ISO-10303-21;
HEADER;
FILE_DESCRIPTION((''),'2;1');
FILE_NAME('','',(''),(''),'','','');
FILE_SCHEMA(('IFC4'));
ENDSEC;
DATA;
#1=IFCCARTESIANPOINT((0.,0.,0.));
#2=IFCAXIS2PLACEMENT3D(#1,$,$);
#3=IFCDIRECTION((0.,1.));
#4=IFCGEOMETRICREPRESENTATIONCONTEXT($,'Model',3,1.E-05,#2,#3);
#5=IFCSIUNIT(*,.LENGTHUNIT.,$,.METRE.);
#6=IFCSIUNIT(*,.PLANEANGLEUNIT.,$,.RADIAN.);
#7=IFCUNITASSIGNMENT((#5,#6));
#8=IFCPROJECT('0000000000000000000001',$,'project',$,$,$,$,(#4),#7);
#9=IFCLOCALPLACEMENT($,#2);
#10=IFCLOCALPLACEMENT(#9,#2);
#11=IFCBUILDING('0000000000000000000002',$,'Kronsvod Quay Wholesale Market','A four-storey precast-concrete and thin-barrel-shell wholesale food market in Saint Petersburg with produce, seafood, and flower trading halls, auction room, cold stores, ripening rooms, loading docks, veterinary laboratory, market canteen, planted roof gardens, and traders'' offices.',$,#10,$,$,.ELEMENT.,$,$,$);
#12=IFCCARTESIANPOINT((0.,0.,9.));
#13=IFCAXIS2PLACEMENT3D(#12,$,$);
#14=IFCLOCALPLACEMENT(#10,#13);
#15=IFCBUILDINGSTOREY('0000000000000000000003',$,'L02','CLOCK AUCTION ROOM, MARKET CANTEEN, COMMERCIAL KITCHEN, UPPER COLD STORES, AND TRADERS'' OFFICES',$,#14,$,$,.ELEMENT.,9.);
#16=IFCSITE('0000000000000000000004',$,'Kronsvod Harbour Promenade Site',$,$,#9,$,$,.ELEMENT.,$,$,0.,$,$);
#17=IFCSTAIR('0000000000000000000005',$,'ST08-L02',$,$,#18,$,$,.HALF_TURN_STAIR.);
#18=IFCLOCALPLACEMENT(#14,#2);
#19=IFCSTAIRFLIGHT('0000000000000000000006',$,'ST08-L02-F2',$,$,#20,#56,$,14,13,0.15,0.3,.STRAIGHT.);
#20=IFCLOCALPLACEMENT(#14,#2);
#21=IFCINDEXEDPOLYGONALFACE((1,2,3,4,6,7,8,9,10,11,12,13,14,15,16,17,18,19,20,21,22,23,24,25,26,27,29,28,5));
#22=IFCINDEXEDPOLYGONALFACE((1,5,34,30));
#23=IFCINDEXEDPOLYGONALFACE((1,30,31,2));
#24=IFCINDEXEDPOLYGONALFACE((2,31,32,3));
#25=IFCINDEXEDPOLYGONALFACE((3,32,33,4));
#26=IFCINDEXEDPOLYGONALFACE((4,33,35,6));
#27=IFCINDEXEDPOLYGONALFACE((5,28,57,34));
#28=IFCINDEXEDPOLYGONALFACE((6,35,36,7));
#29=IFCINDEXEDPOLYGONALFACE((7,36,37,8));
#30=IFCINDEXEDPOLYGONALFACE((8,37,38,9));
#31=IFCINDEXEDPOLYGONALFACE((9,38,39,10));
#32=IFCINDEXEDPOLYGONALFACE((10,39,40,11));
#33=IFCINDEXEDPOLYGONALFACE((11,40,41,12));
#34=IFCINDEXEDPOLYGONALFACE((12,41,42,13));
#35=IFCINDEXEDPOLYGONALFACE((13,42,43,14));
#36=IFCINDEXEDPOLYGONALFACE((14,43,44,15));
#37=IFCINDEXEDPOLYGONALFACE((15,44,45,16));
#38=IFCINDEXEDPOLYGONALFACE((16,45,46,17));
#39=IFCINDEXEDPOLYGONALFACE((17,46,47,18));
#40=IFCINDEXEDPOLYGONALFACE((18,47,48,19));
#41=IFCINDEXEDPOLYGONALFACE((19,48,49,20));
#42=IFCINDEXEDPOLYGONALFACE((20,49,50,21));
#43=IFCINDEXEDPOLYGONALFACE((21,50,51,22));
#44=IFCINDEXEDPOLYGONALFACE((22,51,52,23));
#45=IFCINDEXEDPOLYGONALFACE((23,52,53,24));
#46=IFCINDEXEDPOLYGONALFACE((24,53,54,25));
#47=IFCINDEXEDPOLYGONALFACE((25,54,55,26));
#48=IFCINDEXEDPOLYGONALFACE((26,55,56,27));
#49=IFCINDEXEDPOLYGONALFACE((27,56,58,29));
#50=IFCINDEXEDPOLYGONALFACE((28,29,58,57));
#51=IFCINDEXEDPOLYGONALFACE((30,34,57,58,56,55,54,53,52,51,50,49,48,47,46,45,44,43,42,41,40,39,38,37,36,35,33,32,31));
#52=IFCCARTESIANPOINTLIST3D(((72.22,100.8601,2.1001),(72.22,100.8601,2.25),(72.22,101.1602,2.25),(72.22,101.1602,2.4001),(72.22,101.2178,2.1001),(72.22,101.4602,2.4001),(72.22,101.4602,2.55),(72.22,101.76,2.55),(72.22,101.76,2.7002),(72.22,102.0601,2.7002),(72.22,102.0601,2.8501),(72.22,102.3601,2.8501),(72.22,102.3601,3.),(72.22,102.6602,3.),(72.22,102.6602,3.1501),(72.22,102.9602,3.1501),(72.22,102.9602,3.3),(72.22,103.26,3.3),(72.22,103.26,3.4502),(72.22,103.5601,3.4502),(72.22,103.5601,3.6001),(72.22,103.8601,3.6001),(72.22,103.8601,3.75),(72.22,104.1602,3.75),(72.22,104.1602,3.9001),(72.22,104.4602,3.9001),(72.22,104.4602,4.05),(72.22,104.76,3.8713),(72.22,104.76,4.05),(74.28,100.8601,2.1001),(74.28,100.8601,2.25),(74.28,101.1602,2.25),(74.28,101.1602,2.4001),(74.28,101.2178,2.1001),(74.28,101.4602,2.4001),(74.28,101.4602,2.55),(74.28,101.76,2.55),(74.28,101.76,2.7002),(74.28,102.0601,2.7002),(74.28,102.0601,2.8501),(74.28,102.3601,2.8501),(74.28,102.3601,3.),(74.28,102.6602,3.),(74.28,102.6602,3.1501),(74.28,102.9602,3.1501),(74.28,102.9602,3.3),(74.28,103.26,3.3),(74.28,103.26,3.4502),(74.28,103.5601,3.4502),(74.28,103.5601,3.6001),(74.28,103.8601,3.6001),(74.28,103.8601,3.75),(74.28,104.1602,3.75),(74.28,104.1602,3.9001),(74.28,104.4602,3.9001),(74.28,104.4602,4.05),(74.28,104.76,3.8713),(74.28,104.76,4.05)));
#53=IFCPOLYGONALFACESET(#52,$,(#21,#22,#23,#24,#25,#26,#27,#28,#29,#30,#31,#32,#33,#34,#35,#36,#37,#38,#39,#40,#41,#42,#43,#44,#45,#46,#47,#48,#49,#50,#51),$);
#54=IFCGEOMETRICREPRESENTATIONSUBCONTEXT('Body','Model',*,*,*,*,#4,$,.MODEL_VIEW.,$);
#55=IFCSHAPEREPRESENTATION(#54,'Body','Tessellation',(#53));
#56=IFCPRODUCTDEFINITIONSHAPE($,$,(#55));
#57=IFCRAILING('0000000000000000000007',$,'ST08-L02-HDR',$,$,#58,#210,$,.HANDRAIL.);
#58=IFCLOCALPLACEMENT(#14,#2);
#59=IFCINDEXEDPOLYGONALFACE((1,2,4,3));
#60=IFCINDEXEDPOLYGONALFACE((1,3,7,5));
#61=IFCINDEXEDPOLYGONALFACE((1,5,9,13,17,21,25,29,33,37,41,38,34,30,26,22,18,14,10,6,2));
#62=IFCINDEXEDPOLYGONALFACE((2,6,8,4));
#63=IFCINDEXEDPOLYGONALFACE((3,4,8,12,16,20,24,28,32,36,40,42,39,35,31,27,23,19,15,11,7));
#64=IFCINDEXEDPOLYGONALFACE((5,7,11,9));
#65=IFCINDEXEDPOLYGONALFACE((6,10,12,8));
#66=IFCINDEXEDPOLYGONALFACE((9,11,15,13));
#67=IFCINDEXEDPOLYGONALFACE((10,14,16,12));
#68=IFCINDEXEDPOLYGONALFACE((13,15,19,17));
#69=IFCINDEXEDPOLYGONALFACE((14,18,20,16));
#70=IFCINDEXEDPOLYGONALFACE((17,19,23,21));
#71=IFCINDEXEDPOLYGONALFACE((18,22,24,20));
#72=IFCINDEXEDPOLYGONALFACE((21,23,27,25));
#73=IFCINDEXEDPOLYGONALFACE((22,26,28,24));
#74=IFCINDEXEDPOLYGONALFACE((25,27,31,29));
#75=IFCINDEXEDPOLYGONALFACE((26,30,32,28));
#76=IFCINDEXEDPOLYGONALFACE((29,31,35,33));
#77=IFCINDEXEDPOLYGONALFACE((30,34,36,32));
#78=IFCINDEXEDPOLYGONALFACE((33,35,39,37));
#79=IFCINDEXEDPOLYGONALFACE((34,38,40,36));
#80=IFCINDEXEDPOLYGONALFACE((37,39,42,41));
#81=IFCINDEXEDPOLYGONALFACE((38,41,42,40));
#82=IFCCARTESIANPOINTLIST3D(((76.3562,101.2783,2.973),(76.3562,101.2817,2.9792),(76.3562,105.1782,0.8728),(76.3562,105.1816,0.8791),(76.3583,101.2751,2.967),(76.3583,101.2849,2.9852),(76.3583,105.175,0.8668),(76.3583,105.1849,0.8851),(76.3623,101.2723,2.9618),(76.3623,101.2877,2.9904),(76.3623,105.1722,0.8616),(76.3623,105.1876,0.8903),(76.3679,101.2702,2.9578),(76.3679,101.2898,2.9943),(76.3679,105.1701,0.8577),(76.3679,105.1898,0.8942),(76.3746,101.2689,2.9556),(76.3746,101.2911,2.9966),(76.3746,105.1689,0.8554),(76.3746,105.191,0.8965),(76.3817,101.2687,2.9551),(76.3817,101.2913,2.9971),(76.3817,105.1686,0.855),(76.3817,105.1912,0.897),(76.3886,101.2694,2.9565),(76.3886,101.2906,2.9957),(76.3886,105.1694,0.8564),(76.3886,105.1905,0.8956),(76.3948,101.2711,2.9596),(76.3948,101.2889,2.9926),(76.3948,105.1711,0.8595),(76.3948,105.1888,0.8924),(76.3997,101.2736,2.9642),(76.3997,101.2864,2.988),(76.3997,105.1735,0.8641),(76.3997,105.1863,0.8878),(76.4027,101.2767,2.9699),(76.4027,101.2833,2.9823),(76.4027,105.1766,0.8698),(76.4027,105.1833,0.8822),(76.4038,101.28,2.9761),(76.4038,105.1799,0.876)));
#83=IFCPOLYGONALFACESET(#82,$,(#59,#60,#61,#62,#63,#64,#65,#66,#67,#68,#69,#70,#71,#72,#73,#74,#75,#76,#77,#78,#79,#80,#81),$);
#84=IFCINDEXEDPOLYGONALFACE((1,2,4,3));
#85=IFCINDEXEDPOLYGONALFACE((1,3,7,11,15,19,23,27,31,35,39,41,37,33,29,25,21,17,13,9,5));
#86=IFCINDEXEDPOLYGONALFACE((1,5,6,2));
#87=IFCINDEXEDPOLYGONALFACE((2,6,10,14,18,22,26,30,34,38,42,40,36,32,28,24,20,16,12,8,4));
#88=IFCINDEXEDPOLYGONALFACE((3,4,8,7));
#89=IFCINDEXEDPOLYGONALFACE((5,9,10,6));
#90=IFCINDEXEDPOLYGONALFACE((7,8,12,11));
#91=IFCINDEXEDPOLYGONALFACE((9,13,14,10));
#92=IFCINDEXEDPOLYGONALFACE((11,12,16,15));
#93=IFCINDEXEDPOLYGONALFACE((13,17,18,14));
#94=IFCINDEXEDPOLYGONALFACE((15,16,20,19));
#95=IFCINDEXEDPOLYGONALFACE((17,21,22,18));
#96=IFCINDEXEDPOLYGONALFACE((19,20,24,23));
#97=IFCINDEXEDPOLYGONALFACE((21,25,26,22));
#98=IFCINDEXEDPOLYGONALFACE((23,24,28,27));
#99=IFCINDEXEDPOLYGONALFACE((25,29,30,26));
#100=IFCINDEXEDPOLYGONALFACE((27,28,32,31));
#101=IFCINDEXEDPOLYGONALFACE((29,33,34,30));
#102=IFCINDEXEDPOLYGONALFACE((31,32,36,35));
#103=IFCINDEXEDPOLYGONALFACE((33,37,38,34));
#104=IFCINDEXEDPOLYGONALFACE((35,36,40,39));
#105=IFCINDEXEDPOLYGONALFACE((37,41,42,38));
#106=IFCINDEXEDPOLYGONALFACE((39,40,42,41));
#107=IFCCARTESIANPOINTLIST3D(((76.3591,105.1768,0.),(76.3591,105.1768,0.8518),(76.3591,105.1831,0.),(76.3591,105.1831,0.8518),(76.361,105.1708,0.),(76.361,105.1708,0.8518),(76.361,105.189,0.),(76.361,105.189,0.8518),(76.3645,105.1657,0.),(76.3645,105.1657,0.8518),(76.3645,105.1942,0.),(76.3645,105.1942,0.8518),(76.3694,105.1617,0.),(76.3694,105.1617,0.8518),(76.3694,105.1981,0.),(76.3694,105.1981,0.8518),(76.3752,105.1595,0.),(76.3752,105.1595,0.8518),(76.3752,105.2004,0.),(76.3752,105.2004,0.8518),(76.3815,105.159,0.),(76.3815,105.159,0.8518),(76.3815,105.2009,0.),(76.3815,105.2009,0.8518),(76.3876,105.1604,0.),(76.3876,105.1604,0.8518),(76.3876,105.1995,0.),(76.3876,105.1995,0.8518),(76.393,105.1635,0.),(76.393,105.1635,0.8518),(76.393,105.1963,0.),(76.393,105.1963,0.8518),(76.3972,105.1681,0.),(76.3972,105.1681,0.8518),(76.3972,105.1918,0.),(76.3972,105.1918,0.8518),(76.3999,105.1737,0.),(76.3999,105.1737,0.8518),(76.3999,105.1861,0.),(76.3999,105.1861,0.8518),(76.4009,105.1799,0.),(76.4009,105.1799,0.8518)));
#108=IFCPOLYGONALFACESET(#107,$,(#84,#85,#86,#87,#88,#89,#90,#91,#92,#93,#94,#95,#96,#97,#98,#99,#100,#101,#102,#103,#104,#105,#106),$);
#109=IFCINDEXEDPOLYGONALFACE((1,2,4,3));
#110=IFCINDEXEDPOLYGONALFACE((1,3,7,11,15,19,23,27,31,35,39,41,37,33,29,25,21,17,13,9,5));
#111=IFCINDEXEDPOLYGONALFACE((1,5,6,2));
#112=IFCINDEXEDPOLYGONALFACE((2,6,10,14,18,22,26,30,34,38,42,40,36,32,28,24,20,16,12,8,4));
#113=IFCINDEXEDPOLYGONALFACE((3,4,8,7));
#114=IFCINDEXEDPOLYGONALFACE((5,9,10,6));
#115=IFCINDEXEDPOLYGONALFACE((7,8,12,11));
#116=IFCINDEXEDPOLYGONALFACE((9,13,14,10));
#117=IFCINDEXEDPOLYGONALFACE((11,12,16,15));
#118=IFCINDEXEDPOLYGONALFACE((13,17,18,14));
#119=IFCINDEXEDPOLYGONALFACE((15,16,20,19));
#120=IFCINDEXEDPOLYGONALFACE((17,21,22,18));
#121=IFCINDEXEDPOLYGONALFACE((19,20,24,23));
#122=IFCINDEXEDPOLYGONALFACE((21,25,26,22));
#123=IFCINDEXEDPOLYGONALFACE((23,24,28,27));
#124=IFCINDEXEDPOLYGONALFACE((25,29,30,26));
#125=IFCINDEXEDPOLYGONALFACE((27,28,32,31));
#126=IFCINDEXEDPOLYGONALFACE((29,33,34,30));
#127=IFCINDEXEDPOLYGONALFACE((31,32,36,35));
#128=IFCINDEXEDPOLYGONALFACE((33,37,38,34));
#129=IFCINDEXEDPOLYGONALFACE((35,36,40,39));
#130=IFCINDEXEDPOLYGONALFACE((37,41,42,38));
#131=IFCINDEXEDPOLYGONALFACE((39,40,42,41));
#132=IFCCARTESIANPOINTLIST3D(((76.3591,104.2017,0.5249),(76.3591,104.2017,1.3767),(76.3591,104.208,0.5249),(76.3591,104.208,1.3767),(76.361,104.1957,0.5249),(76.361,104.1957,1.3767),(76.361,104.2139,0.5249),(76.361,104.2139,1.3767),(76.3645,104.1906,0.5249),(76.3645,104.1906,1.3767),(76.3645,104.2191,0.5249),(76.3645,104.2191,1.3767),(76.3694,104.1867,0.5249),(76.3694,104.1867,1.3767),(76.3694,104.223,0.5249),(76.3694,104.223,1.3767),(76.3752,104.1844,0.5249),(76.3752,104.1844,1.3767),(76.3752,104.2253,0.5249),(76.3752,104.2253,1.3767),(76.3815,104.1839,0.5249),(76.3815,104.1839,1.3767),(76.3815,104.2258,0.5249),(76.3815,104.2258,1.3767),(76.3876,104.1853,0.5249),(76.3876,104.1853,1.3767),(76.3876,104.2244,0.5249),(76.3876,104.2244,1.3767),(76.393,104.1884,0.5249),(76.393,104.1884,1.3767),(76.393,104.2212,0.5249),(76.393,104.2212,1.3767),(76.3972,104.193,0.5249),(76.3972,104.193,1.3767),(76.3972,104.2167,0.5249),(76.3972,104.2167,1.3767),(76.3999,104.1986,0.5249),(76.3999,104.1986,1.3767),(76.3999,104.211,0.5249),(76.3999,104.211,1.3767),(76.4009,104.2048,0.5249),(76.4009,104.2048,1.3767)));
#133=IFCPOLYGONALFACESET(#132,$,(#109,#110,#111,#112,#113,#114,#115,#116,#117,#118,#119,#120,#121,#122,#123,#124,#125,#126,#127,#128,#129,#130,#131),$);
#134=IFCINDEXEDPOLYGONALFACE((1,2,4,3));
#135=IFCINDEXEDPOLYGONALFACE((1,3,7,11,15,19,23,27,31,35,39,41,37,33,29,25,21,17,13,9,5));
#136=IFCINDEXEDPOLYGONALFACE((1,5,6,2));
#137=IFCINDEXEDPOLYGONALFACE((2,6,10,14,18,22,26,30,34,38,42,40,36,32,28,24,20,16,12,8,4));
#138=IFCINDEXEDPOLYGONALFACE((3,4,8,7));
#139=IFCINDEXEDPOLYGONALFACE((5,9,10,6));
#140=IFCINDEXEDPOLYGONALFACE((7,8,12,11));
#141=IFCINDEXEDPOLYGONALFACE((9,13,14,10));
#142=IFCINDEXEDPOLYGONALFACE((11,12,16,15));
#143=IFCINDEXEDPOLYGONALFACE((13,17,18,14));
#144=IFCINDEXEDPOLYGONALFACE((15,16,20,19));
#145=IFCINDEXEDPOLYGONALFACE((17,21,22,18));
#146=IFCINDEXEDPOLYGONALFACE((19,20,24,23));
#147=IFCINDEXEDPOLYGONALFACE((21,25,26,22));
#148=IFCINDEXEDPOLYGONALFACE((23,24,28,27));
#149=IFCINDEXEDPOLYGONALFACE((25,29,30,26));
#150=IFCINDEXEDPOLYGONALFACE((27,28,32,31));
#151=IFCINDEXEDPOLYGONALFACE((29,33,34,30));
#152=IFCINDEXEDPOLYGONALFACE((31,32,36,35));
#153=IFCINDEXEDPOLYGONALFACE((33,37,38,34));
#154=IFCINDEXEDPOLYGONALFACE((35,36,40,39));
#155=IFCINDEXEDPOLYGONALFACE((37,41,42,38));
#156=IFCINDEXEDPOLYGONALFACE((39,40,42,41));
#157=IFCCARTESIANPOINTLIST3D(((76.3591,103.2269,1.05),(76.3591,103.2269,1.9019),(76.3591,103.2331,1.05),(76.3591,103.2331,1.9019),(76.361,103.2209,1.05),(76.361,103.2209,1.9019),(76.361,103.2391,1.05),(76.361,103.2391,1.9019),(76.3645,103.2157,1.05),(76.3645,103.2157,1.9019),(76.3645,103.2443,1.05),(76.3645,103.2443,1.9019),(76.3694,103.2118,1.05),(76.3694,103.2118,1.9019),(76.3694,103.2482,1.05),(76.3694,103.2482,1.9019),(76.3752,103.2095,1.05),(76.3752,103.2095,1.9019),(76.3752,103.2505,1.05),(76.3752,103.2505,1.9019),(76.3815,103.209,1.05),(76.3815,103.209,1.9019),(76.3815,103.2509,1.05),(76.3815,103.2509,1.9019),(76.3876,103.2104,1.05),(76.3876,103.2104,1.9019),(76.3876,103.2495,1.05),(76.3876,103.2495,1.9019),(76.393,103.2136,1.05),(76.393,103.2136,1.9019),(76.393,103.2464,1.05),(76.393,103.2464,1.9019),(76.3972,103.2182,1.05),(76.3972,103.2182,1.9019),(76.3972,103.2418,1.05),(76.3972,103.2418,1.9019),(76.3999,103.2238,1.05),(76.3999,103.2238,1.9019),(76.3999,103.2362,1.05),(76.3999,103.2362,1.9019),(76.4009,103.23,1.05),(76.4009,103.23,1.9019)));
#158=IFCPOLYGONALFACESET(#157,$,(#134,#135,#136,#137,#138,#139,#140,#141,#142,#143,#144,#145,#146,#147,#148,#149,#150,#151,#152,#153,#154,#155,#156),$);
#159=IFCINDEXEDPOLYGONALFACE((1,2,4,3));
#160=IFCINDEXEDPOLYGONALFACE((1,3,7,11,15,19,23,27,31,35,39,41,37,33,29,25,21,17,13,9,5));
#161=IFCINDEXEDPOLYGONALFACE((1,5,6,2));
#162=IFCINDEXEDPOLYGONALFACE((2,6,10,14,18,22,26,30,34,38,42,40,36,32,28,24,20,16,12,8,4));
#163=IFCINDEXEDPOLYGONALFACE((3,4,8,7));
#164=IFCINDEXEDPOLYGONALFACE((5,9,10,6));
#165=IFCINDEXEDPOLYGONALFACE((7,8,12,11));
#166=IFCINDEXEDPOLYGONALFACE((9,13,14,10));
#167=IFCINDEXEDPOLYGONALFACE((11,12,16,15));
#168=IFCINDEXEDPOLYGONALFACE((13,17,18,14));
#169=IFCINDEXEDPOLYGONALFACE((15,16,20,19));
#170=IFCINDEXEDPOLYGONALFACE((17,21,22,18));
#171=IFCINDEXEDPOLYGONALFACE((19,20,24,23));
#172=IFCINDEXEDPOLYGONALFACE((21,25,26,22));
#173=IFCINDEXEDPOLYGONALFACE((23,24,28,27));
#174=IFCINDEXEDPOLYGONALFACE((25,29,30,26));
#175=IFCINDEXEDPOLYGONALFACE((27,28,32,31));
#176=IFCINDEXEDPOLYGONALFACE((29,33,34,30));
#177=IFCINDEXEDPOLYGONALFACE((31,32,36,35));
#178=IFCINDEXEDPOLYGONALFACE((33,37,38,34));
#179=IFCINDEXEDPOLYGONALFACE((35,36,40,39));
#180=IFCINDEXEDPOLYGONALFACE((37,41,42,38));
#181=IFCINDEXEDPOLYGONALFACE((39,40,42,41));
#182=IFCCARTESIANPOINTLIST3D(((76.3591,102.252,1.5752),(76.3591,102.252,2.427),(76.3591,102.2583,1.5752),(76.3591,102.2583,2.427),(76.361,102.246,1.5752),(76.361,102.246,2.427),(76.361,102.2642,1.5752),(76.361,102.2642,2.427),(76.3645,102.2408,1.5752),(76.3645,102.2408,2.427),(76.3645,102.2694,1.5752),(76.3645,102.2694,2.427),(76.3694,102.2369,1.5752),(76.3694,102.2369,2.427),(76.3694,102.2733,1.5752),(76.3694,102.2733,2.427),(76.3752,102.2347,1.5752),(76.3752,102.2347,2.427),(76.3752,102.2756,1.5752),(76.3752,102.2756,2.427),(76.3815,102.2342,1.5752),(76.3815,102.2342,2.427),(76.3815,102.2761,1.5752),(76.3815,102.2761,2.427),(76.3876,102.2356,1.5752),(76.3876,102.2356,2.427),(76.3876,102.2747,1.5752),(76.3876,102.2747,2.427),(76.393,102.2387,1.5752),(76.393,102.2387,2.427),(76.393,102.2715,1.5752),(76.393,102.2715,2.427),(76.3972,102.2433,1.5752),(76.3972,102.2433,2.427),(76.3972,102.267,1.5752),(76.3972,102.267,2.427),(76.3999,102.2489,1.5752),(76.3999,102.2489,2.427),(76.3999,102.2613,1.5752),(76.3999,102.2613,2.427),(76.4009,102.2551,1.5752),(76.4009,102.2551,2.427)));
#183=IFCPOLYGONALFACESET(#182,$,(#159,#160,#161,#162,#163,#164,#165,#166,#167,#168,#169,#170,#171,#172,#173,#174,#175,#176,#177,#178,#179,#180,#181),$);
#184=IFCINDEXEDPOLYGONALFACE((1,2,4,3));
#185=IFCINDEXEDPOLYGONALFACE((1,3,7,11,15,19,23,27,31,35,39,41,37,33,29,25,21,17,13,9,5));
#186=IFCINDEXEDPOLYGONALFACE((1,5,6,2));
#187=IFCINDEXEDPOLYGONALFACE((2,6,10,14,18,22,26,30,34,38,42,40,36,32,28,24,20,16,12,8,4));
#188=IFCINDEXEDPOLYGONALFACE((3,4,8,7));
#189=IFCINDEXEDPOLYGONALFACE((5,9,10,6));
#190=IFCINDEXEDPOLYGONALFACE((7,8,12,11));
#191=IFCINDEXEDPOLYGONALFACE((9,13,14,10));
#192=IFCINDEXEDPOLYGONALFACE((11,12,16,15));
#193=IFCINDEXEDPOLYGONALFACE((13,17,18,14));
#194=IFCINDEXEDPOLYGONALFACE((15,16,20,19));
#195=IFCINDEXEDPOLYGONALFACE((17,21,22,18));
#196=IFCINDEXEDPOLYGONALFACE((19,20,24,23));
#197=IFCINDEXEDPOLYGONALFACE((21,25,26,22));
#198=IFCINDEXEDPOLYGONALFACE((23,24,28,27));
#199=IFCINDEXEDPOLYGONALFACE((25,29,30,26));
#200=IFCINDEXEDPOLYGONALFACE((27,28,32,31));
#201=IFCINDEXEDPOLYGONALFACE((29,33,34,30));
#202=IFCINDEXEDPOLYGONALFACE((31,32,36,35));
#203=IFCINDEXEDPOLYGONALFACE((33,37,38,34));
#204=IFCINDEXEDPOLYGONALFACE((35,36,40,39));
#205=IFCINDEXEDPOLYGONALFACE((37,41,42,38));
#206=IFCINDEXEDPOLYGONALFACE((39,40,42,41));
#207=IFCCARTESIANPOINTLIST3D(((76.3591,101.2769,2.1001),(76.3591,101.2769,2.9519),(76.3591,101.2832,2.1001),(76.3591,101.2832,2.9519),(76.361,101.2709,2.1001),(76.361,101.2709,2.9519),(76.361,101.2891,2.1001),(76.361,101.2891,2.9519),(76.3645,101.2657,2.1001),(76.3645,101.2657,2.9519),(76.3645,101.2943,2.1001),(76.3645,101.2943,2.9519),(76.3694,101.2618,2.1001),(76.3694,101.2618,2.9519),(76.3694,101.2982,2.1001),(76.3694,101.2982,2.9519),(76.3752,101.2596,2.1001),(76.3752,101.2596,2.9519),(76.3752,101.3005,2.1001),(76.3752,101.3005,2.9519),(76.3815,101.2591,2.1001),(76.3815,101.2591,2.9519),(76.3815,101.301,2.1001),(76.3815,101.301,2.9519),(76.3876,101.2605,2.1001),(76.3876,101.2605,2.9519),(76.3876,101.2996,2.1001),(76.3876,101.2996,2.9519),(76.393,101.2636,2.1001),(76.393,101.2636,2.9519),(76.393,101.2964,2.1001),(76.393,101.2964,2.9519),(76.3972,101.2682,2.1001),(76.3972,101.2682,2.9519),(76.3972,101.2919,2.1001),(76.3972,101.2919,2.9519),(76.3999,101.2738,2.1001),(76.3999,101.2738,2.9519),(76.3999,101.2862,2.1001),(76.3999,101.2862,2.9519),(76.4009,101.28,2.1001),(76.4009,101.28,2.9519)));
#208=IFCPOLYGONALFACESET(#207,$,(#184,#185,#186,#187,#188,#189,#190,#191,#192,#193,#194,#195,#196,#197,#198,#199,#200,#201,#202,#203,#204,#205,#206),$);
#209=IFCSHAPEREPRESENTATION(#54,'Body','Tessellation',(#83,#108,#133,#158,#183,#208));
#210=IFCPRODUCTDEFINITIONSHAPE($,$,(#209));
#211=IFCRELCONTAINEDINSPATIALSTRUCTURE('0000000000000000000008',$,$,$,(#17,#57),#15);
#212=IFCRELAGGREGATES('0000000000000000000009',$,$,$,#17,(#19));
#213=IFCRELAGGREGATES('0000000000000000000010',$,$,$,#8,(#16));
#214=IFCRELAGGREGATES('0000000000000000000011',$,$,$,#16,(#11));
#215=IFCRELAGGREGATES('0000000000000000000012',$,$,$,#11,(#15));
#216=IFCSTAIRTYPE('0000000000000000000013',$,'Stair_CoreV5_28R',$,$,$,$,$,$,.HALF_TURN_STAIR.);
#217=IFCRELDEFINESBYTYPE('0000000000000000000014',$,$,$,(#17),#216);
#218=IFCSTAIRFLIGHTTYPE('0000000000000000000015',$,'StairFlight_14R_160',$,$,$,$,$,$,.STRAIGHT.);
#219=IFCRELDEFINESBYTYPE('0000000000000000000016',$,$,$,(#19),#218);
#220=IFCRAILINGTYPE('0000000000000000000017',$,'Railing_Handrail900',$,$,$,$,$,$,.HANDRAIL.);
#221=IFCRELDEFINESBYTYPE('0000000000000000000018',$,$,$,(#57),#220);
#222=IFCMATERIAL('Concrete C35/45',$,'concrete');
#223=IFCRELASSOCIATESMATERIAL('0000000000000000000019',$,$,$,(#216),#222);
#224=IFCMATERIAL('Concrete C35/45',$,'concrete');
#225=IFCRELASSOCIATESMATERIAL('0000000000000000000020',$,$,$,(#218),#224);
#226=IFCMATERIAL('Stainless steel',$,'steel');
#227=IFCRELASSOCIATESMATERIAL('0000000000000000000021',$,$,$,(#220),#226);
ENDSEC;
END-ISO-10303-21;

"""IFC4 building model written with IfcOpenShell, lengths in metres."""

from ifc_helpers import new_model, si_unit, direction, frame, origin, origin_2d, place, context, subcontext, project, spatial, polyline, circle, outline, extrude, material, type_object, element, aggregate, save


model = new_model("IFC4")

# Units and contexts
model_context = context("Model", 3, precision=1e-05, world=origin(), true_north=direction((0.0, 1.0)))
body_context = subcontext(model_context, "Body", "Model", "MODEL_VIEW")
ifc_project = project(units=[si_unit("LENGTHUNIT", "METRE"), si_unit("PLANEANGLEUNIT", "RADIAN")], contexts=[model_context])

# Site, building, storey
site_placement = place(None, origin())
site = spatial("IfcSite", under=ifc_project, at=site_placement, Name="Kronsvod Harbour Promenade Site", CompositionType="ELEMENT", RefElevation=0.0)
building_placement = place(site_placement, origin())
building = spatial("IfcBuilding", under=site, at=building_placement, Name="Kronsvod Quay Wholesale Market", Description="A four-storey precast-concrete and thin-barrel-shell wholesale food market in Saint Petersburg with produce, seafood, and flower trading halls, auction room, cold stores, ripening rooms, loading docks, veterinary laboratory, market canteen, planted roof gardens, and traders' offices.", CompositionType="ELEMENT")
storey_placement = place(building_placement, frame((0.0, 0.0, 9.0)))
storey = spatial("IfcBuildingStorey", under=building, at=storey_placement, Name="L02", Description="CLOCK AUCTION ROOM, MARKET CANTEEN, COMMERCIAL KITCHEN, UPPER COLD STORES, AND TRADERS' OFFICES", CompositionType="ELEMENT", Elevation=9.0)

# Stair, stair flight
ifc_material_1 = material(Name="Concrete C35/45", Category="concrete")
stair_type = type_object("IfcStairType", Name="Stair_CoreV5_28R", PredefinedType="HALF_TURN_STAIR", material=ifc_material_1)
stair_placement = place(storey_placement, origin())
stair = element("IfcStair", 1, at=stair_placement, inside=storey, type_object=stair_type, Name="ST08-L02", PredefinedType="HALF_TURN_STAIR")
ifc_material_2 = material(Name="Concrete C35/45", Category="concrete")
stair_flight_type = type_object("IfcStairFlightType", Name="StairFlight_14R_160", PredefinedType="STRAIGHT", material=ifc_material_2)
stair_flight_1_placement = place(storey_placement, frame((73.25, 100.8601, 2.1001), z_axis=(0.0, 0.0, 1.0), x_axis=(0.0, 1.0, 0.0)))
stair_flight_1 = element("IfcStairFlight", 2, at=stair_flight_1_placement, type_object=stair_flight_type, Name="ST08-L02-F2", NumberOfRisers=14, NumberOfTreads=13, PredefinedType="STRAIGHT", RiserHeight=0.15, TreadLength=0.3, context=body_context, shape_type="SweptSolid", body=[
    extrude(outline(polyline([(0.0, 0.0), (0.0, 0.1499), (0.3, 0.1499), (0.3, 0.3), (0.6001, 0.3), (0.6001, 0.45), (0.8999, 0.45), (0.8999, 0.6001), (1.2, 0.6001), (1.2, 0.75), (1.5, 0.75), (1.5, 0.8999), (1.8, 0.8999), (1.8, 1.05), (2.1001, 1.05), (2.1001, 1.2), (2.3999, 1.2), (2.3999, 1.3501), (2.7, 1.3501), (2.7, 1.5), (3.0, 1.5), (3.0, 1.6499), (3.3, 1.6499), (3.3, 1.8), (3.6001, 1.8), (3.6001, 1.95), (3.8999, 1.95), (3.8999, 2.1001), (3.8999, 1.7712), (0.3577, 0.0), (0.0, 0.0)])), frame((0.0, 1.03, 0.0), z_axis=(0.0, -1.0, 0.0), x_axis=(1.0, 0.0, 0.0)), (0.0, 0.0, 1.0), 2.0601),
])
aggregate(stair, [stair_flight_1])

# Railing
ifc_material_3 = material(Name="Stainless steel", Category="steel")
railing_type_1 = type_object("IfcRailingType", Name="Railing_Handrail900", PredefinedType="HANDRAIL", material=ifc_material_3)
railing_1_placement = place(storey_placement, frame((76.3799, 105.1799, 0.0)))
element("IfcRailing", 3, at=railing_1_placement, inside=storey, type_object=railing_type_1, Name="ST08-L02-HDR", PredefinedType="HANDRAIL", context=body_context, shape_type="SweptSolid", body=[
    extrude(circle(Radius=0.0239, at=origin_2d()), frame((0.0, 0.0, 0.876), z_axis=(0.0, -0.880457, 0.474126), x_axis=(1.0, 0.0, 0.0)), (0.0, 0.0, 1.0), 4.4294),
    extrude(circle(Radius=0.021, at=origin_2d()), origin(), (0.0, 0.0, 1.0), 0.8518),
    extrude(circle(Radius=0.021, at=origin_2d()), frame((0.0, -0.9751, 0.5249)), (0.0, 0.0, 1.0), 0.8518),
    extrude(circle(Radius=0.021, at=origin_2d()), frame((0.0, -1.95, 1.05)), (0.0, 0.0, 1.0), 0.8518),
    extrude(circle(Radius=0.021, at=origin_2d()), frame((0.0, -2.9248, 1.5752)), (0.0, 0.0, 1.0), 0.8518),
    extrude(circle(Radius=0.021, at=origin_2d()), frame((0.0, -3.8999, 2.1001)), (0.0, 0.0, 1.0), 0.8518),
])

save(model, "model.ifc")
